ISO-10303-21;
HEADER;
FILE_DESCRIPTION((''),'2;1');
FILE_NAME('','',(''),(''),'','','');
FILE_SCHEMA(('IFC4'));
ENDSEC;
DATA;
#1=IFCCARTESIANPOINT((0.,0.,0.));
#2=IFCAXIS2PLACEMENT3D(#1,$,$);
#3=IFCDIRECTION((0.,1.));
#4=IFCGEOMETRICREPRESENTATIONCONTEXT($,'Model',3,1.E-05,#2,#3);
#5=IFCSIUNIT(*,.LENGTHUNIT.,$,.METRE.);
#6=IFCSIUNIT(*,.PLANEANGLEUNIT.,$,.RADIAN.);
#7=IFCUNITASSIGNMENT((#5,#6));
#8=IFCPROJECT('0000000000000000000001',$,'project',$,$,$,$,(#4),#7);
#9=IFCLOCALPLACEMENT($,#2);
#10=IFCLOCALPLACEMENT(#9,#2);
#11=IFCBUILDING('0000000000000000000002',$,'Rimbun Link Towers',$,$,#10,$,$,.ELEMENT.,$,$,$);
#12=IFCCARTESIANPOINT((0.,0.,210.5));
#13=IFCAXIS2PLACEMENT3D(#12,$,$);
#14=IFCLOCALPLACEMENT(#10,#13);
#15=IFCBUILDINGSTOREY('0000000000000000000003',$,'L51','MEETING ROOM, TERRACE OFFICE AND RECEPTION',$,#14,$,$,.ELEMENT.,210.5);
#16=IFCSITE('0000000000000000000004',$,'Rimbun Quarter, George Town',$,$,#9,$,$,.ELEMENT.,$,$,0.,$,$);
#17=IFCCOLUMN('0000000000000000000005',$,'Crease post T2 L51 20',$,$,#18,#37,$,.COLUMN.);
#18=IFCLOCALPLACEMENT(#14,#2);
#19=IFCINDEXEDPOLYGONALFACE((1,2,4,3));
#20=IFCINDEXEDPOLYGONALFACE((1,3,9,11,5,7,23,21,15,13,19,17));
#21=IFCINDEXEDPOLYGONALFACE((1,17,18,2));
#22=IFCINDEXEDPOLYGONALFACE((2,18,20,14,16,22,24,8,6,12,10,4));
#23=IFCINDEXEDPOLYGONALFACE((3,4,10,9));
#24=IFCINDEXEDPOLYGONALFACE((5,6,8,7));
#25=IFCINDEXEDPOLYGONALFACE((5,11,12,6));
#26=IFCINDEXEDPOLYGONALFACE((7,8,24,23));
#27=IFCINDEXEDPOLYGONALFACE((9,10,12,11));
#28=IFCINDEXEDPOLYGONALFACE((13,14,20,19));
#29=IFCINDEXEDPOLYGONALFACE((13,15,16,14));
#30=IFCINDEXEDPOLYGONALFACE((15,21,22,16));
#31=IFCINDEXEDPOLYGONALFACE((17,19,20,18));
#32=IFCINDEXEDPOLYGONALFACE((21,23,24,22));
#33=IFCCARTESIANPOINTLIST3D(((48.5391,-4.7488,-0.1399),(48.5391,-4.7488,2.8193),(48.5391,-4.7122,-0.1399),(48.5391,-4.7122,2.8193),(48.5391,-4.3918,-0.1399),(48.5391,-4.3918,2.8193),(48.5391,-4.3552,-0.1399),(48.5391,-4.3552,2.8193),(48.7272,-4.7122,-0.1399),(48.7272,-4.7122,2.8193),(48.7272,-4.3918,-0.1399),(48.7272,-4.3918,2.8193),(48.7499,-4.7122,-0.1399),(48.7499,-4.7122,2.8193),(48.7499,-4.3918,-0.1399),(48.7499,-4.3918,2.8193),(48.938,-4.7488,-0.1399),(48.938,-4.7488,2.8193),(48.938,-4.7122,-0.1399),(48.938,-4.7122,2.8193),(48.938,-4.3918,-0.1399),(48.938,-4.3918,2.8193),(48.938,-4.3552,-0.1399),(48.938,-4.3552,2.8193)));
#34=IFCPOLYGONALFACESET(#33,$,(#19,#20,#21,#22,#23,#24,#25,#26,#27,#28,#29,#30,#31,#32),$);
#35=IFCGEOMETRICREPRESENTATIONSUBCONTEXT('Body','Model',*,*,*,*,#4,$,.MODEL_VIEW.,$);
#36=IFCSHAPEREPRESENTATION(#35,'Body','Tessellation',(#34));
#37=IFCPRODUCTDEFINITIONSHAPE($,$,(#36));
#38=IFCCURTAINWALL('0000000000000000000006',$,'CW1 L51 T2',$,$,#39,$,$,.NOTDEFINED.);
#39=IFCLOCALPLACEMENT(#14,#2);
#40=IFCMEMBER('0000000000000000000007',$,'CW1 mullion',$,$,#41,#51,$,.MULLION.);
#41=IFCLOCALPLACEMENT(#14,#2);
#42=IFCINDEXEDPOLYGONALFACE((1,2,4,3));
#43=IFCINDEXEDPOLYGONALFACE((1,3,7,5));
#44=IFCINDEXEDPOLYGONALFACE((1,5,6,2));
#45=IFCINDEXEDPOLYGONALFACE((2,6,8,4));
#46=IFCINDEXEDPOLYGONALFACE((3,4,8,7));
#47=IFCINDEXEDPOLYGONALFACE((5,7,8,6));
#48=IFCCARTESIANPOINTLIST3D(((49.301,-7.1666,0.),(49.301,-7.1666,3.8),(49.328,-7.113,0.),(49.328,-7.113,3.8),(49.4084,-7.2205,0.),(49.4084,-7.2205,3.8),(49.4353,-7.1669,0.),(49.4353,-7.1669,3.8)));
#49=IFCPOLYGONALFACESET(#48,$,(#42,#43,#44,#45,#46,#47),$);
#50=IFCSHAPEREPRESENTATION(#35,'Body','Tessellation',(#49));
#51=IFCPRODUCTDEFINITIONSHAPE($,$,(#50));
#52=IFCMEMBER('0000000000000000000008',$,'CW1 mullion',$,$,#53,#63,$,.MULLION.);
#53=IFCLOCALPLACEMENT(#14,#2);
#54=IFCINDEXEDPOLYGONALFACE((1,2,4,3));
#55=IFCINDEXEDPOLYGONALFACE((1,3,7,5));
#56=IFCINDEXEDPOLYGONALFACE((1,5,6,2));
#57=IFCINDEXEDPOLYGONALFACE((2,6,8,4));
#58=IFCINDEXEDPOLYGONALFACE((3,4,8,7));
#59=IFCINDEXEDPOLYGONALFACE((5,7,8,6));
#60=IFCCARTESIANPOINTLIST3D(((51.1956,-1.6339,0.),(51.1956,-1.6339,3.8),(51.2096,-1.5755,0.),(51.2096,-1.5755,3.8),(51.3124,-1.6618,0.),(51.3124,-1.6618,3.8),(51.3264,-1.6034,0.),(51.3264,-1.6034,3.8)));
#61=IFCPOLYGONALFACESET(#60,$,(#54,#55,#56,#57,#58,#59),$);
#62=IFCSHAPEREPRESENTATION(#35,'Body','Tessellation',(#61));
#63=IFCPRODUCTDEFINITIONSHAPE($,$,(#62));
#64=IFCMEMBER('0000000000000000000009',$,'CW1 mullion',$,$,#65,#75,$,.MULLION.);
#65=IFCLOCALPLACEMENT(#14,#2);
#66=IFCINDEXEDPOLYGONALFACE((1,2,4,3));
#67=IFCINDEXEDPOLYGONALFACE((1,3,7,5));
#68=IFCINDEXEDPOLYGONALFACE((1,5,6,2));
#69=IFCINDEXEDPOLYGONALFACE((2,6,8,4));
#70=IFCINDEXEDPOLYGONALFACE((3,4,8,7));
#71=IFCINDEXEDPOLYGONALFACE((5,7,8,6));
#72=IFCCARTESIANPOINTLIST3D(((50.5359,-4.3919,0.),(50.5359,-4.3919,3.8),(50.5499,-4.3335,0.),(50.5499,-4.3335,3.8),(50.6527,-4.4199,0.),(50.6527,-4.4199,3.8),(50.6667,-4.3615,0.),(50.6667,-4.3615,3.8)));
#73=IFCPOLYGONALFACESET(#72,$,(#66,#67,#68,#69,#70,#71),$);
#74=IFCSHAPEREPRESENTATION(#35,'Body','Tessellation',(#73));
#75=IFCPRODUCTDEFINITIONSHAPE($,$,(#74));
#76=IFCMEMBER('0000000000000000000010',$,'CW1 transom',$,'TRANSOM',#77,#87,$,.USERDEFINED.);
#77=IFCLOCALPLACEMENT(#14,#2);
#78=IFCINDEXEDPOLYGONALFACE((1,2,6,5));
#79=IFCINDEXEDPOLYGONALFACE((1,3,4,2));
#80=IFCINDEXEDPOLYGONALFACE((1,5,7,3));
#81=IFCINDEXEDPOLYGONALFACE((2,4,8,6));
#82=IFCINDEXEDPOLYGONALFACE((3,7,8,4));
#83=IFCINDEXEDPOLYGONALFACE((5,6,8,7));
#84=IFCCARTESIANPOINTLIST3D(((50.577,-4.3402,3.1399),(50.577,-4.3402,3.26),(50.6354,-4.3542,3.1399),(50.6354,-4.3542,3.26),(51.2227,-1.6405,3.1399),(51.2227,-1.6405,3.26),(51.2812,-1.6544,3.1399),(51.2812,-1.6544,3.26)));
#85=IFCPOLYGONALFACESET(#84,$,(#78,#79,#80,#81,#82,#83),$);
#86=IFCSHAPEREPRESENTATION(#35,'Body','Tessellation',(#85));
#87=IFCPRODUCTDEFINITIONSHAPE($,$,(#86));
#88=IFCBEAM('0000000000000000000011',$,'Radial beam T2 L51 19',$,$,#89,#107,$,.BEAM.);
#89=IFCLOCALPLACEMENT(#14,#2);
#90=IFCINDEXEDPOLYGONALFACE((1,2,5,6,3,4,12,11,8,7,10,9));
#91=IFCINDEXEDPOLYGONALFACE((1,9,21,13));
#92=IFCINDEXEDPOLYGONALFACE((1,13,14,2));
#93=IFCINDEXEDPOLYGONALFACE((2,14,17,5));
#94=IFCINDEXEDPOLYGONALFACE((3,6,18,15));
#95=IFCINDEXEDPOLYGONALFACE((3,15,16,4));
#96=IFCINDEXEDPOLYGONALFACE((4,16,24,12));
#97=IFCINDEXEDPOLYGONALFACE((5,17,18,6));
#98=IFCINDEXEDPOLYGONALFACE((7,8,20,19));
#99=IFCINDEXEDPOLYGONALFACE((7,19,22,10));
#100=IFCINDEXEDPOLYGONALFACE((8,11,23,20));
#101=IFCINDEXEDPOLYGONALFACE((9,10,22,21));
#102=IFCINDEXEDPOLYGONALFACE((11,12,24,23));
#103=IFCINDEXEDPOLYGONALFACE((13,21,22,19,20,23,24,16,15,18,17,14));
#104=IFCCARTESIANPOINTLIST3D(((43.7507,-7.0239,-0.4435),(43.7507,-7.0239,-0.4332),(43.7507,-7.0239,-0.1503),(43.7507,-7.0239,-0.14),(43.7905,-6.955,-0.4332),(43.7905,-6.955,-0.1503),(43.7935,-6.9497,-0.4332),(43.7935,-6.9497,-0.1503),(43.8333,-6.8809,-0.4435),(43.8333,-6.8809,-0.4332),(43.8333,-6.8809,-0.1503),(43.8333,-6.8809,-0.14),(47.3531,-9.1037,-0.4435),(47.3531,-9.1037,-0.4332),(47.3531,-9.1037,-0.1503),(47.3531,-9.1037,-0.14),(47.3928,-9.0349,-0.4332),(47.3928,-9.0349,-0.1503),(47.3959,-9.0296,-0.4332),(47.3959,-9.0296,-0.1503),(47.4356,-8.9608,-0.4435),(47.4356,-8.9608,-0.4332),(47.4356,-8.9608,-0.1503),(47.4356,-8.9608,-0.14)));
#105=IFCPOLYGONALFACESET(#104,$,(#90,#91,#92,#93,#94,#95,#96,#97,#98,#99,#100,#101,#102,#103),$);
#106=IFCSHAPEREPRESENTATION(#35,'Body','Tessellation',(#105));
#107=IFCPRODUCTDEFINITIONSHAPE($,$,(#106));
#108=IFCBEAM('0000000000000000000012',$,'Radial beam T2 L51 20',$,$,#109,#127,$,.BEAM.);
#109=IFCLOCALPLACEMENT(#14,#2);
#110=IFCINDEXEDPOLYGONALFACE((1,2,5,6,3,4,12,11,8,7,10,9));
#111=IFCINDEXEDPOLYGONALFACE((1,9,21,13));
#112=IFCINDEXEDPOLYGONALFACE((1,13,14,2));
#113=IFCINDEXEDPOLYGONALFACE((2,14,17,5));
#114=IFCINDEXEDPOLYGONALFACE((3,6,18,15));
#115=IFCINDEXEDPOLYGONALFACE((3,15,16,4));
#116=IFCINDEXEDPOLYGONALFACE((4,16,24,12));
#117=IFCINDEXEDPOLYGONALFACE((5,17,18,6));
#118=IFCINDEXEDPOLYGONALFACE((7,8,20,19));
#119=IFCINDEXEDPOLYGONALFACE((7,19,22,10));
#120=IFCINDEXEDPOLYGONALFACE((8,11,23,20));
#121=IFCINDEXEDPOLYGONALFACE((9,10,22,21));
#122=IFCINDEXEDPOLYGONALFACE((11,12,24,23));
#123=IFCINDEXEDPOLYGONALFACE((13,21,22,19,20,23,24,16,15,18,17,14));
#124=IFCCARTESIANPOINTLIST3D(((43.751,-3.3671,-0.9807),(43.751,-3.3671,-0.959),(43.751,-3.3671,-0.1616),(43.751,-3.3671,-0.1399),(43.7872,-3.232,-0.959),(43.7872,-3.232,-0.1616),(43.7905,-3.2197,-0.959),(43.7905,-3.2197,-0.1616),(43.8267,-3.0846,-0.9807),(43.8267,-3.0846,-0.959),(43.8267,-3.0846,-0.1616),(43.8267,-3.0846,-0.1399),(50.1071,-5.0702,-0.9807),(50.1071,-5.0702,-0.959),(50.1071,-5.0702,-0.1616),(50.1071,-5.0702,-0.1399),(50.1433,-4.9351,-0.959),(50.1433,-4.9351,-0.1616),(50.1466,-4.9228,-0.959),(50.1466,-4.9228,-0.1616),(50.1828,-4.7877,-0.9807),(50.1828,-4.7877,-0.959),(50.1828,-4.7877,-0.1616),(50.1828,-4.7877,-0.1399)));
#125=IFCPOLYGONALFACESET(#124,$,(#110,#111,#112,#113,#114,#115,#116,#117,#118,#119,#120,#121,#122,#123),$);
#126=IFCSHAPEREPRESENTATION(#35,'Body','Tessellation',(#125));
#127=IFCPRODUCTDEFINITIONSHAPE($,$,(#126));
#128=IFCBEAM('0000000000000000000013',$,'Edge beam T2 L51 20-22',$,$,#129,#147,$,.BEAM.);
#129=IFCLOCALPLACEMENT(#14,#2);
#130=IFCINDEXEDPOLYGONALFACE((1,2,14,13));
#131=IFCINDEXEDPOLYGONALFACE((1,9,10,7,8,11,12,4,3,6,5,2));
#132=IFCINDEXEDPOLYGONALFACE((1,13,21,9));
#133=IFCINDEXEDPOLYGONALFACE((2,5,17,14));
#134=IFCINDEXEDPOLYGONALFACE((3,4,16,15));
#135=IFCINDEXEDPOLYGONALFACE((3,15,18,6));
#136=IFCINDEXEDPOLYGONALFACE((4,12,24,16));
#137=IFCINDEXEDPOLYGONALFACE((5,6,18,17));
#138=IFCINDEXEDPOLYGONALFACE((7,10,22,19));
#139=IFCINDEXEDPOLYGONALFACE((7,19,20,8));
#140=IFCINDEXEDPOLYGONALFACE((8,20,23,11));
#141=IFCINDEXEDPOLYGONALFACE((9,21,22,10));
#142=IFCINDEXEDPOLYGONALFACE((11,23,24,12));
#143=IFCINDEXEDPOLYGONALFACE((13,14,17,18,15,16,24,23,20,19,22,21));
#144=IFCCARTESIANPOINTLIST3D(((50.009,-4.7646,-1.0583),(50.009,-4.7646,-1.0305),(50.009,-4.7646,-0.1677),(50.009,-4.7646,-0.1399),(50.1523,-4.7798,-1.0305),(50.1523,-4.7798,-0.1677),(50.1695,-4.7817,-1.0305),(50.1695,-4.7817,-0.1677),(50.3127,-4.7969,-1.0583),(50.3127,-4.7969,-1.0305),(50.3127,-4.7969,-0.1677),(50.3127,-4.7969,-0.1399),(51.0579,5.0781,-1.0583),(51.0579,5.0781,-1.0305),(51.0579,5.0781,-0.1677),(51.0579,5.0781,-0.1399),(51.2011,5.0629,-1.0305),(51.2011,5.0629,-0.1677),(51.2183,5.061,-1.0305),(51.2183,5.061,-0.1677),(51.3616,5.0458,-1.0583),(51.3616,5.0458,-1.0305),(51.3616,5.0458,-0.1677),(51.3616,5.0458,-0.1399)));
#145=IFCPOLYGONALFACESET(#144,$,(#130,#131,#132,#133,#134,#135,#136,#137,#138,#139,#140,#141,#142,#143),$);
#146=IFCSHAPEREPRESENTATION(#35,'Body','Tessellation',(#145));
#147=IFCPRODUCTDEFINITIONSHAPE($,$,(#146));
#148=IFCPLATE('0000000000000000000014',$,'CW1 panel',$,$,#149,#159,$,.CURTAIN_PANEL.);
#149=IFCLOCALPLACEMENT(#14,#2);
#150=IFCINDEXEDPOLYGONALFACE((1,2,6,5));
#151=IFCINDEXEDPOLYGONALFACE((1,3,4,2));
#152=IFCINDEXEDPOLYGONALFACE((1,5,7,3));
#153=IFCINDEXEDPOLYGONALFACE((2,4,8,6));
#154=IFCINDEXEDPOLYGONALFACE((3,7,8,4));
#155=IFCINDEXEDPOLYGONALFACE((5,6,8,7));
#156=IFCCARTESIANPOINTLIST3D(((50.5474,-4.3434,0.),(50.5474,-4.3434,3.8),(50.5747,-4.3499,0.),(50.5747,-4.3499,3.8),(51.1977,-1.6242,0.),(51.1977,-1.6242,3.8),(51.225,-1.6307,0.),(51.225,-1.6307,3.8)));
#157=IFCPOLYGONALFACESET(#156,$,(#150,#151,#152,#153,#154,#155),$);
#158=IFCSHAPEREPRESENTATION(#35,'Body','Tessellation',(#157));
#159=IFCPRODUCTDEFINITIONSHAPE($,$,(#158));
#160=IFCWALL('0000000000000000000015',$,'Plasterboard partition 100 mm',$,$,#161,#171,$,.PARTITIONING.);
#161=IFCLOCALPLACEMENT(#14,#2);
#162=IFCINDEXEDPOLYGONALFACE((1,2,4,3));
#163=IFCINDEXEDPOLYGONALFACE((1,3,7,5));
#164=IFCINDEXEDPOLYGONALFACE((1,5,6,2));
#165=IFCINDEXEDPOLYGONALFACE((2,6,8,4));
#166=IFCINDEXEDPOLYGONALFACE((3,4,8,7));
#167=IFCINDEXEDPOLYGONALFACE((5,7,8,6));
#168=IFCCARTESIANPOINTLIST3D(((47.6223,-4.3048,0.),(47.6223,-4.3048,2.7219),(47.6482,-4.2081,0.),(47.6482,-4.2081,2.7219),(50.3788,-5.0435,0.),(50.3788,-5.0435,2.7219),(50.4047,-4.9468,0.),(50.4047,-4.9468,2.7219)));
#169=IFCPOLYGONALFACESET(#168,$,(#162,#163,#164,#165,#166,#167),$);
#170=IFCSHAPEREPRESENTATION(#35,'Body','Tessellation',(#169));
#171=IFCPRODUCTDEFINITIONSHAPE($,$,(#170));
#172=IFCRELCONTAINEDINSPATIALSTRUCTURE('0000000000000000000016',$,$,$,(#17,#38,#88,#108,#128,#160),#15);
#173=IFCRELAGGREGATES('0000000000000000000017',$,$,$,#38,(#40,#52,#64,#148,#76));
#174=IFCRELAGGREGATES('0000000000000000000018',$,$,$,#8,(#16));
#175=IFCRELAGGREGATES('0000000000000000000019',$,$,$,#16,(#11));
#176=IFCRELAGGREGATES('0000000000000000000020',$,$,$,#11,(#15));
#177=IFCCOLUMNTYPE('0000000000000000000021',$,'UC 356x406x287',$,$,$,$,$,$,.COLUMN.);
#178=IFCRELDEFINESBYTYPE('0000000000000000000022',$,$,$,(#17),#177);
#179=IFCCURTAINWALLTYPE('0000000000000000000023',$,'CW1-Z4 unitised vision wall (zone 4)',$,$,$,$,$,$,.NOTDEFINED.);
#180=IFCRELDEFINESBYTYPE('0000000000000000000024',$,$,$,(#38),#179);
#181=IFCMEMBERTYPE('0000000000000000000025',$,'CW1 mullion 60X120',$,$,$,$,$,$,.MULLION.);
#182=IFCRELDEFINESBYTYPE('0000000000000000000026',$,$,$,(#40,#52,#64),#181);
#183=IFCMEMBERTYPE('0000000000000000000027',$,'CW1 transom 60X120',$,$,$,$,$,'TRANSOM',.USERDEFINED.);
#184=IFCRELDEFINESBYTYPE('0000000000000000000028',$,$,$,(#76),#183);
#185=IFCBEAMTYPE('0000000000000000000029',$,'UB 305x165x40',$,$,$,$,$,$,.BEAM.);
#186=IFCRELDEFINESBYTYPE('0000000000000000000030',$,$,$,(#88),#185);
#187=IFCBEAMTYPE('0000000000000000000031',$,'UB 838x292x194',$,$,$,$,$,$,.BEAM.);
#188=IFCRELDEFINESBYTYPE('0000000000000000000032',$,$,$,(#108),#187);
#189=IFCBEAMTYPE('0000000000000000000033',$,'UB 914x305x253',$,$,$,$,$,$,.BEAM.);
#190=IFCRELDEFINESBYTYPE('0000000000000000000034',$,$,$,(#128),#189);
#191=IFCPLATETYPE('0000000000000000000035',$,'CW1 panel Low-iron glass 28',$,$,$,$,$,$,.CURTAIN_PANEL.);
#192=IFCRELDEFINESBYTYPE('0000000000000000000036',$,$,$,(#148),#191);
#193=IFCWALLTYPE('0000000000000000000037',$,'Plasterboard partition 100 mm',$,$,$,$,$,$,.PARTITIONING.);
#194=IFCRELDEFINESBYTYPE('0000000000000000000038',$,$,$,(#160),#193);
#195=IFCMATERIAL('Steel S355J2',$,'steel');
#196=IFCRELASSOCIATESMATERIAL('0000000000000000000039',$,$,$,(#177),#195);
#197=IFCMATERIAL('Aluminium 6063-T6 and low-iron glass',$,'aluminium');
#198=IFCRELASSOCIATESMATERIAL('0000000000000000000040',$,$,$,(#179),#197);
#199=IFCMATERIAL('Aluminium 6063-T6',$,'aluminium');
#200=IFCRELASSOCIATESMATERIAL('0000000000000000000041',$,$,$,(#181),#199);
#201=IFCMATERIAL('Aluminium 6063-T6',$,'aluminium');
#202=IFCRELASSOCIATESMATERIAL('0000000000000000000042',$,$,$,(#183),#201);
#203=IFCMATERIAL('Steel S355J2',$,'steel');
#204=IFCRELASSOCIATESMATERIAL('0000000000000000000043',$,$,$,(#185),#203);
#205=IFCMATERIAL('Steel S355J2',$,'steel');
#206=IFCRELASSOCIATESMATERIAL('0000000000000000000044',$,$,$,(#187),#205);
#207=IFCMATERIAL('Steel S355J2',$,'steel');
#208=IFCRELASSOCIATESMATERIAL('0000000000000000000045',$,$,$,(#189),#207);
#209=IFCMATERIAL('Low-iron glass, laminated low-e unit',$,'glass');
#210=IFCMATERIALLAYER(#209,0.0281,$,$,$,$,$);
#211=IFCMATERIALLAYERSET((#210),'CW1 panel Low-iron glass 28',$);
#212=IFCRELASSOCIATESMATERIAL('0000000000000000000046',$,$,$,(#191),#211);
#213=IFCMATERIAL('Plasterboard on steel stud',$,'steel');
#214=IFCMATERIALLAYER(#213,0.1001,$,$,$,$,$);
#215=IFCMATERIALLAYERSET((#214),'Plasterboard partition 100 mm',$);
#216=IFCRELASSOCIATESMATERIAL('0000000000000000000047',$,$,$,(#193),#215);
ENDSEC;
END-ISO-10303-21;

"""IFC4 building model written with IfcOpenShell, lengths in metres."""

from ifc_helpers import new_model, si_unit, direction, frame, frame_2d, origin, origin_2d, place, context, subcontext, project, spatial, rectangle, i_section, extrude, material, layer, layer_set, material_profile, profile_set, type_object, element, aggregate, save


model = new_model("IFC4")

# Units and contexts
model_context = context("Model", 3, precision=1e-05, world=origin(), true_north=direction((0.0, 1.0)))
body_context = subcontext(model_context, "Body", "Model", "MODEL_VIEW")
ifc_project = project(units=[si_unit("LENGTHUNIT", "METRE"), si_unit("PLANEANGLEUNIT", "RADIAN")], contexts=[model_context])

# Site, building, storey
site_placement = place(None, origin())
site = spatial("IfcSite", under=ifc_project, at=site_placement, Name="Rimbun Quarter, George Town", CompositionType="ELEMENT", RefElevation=0.0)
building_placement = place(site_placement, origin())
building = spatial("IfcBuilding", under=site, at=building_placement, Name="Rimbun Link Towers", CompositionType="ELEMENT")
storey_placement = place(building_placement, frame((0.0, 0.0, 210.5)))
storey = spatial("IfcBuildingStorey", under=building, at=storey_placement, Name="L51", Description="MEETING ROOM, TERRACE OFFICE AND RECEPTION", CompositionType="ELEMENT", Elevation=210.5)

# Column
ifc_material_1 = material(Name="Steel S355J2", Category="steel")
ifc_material_profile_1 = material_profile(ifc_material_1, i_section(OverallWidth=0.3989, OverallDepth=0.3936, WebThickness=0.0227, FlangeThickness=0.0366, at=origin_2d()), Name="UC 356x406x287")
ifc_profile_set_1 = profile_set([ifc_material_profile_1], Name="Steel S355J2")
column_type = type_object("IfcColumnType", Name="UC 356x406x287", PredefinedType="COLUMN", material=ifc_profile_set_1)
column_placement = place(storey_placement, frame((48.7385, -4.552, -0.1399), z_axis=(0.0, 0.0, 1.0), x_axis=(1.0, 0.0, 0.0)))
element("IfcColumn", 1, at=column_placement, inside=storey, type_object=column_type, Name="Crease post T2 L51 20", PredefinedType="COLUMN", context=body_context, shape_type="SweptSolid", body=[
    extrude(i_section(OverallWidth=0.3989, OverallDepth=0.3936, WebThickness=0.0227, FlangeThickness=0.0366, at=origin_2d()), origin(), (0.0, 0.0, 1.0), 2.9592),
])

# Curtain wall, members
ifc_material_2 = material(Name="Aluminium 6063-T6 and low-iron glass", Category="aluminium")
curtain_wall_type = type_object("IfcCurtainWallType", Name="CW1-Z4 unitised vision wall (zone 4)", PredefinedType="NOTDEFINED", material=ifc_material_2)
curtain_wall_placement = place(storey_placement, origin())
curtain_wall = element("IfcCurtainWall", 2, at=curtain_wall_placement, inside=storey, type_object=curtain_wall_type, Name="CW1 L51 T2", PredefinedType="NOTDEFINED")
ifc_material_3 = material(Name="Aluminium 6063-T6", Category="aluminium")
ifc_material_profile_2 = material_profile(ifc_material_3, rectangle(XDim=0.1201, YDim=0.0601, at=origin_2d()), Name="MULLION 60X120")
ifc_profile_set_2 = profile_set([ifc_material_profile_2], Name="Aluminium 6063-T6")
member_type_1 = type_object("IfcMemberType", Name="CW1 mullion 60X120", PredefinedType="MULLION", material=ifc_profile_set_2)
member_1_placement = place(storey_placement, frame((49.3682, -7.1667, 0.0), z_axis=(0.0, 0.0, 1.0), x_axis=(0.89365, -0.448764, 0.0)))
member_1 = element("IfcMember", 3, at=member_1_placement, type_object=member_type_1, Name="CW1 mullion", PredefinedType="MULLION", context=body_context, shape_type="SweptSolid", body=[
    extrude(rectangle(XDim=0.1201, YDim=0.0601, at=origin_2d()), origin(), (0.0, 0.0, 1.0), 3.8),
])
member_2_placement = place(storey_placement, frame((51.261, -1.6187, 0.0), z_axis=(0.0, 0.0, 1.0), x_axis=(0.972573, -0.2326, 0.0)))
member_2 = element("IfcMember", 4, at=member_2_placement, type_object=member_type_1, Name="CW1 mullion", PredefinedType="MULLION", context=body_context, shape_type="SweptSolid", body=[
    extrude(rectangle(XDim=0.1201, YDim=0.0601, at=origin_2d()), origin(), (0.0, 0.0, 1.0), 3.8),
])
member_3_placement = place(storey_placement, frame((50.6013, -4.3767, 0.0), z_axis=(0.0, 0.0, 1.0), x_axis=(0.972573, -0.2326, 0.0)))
member_3 = element("IfcMember", 5, at=member_3_placement, type_object=member_type_1, Name="CW1 mullion", PredefinedType="MULLION", context=body_context, shape_type="SweptSolid", body=[
    extrude(rectangle(XDim=0.1201, YDim=0.0601, at=origin_2d()), origin(), (0.0, 0.0, 1.0), 3.8),
])
ifc_material_4 = material(Name="Aluminium 6063-T6", Category="aluminium")
ifc_material_profile_3 = material_profile(ifc_material_4, rectangle(XDim=0.0601, YDim=0.1201, at=origin_2d()), Name="TRANSOM 60X120")
ifc_profile_set_3 = profile_set([ifc_material_profile_3], Name="Aluminium 6063-T6")
member_type_2 = type_object("IfcMemberType", Name="CW1 transom 60X120", ElementType="TRANSOM", PredefinedType="USERDEFINED", material=ifc_profile_set_3)
member_4_placement = place(storey_placement, frame((51.252, -1.6475, 3.2), z_axis=(-0.232631, -0.972565, 0.0), x_axis=(0.972565, -0.232631, 0.0)))
member_4 = element("IfcMember", 6, at=member_4_placement, type_object=member_type_2, Name="CW1 transom", ObjectType="TRANSOM", PredefinedType="USERDEFINED", context=body_context, shape_type="SweptSolid", body=[
    extrude(rectangle(XDim=0.0601, YDim=0.1201, at=origin_2d()), origin(), (0.0, 0.0, 1.0), 2.7759),
])

# Beams
ifc_material_5 = material(Name="Steel S355J2", Category="steel")
ifc_material_profile_4 = material_profile(ifc_material_5, i_section(OverallWidth=0.165, OverallDepth=0.3035, WebThickness=0.0061, FlangeThickness=0.0103, at=origin_2d()), Name="UB 305x165x40")
ifc_profile_set_4 = profile_set([ifc_material_profile_4], Name="Steel S355J2")
beam_type_1 = type_object("IfcBeamType", Name="UB 305x165x40", PredefinedType="BEAM", material=ifc_profile_set_4)
beam_1_placement = place(storey_placement, frame((43.792, -6.9524, -0.2917), z_axis=(0.86602, -0.500009, 0.0), x_axis=(0.500009, 0.86602, 0.0)))
element("IfcBeam", 7, at=beam_1_placement, inside=storey, type_object=beam_type_1, Name="Radial beam T2 L51 19", PredefinedType="BEAM", context=body_context, shape_type="SweptSolid", body=[
    extrude(i_section(OverallWidth=0.165, OverallDepth=0.3035, WebThickness=0.0061, FlangeThickness=0.0103, at=origin_2d()), origin(), (0.0, 0.0, 1.0), 4.1597),
])
ifc_material_6 = material(Name="Steel S355J2", Category="steel")
ifc_material_profile_5 = material_profile(ifc_material_6, i_section(OverallWidth=0.2925, OverallDepth=0.8408, WebThickness=0.0127, FlangeThickness=0.0217, at=origin_2d()), Name="UB 838x292x194")
ifc_profile_set_5 = profile_set([ifc_material_profile_5], Name="Steel S355J2")
beam_type_2 = type_object("IfcBeamType", Name="UB 838x292x194", PredefinedType="BEAM", material=ifc_profile_set_5)
beam_2_placement = place(storey_placement, frame((43.7888, -3.2258, -0.5603), z_axis=(0.965926, -0.258817, 0.0), x_axis=(0.258817, 0.965926, 0.0)))
element("IfcBeam", 8, at=beam_2_placement, inside=storey, type_object=beam_type_2, Name="Radial beam T2 L51 20", PredefinedType="BEAM", context=body_context, shape_type="SweptSolid", body=[
    extrude(i_section(OverallWidth=0.2925, OverallDepth=0.8408, WebThickness=0.0127, FlangeThickness=0.0217, at=origin_2d()), origin(), (0.0, 0.0, 1.0), 6.5803),
])
ifc_material_7 = material(Name="Steel S355J2", Category="steel")
ifc_material_profile_6 = material_profile(ifc_material_7, i_section(OverallWidth=0.3054, OverallDepth=0.9185, WebThickness=0.0173, FlangeThickness=0.0278, at=origin_2d()), Name="UB 914x305x253")
ifc_profile_set_6 = profile_set([ifc_material_profile_6], Name="Steel S355J2")
beam_type_3 = type_object("IfcBeamType", Name="UB 914x305x253", PredefinedType="BEAM", material=ifc_profile_set_6)
beam_3_placement = place(storey_placement, frame((50.1609, -4.7808, -0.5991), z_axis=(0.105958, 0.994371, 0.0), x_axis=(-0.994371, 0.105958, 0.0)))
element("IfcBeam", 9, at=beam_3_placement, inside=storey, type_object=beam_type_3, Name="Edge beam T2 L51 20-22", PredefinedType="BEAM", context=body_context, shape_type="SweptSolid", body=[
    extrude(i_section(OverallWidth=0.3054, OverallDepth=0.9185, WebThickness=0.0173, FlangeThickness=0.0278, at=origin_2d()), origin(), (0.0, 0.0, 1.0), 9.8984),
])

# Plate
ifc_material_8 = material(Name="Low-iron glass, laminated low-e unit", Category="glass")
ifc_layer_1 = layer(ifc_material_8, 0.0281)
ifc_layer_set_1 = layer_set([ifc_layer_1], Name="CW1 panel Low-iron glass 28")
plate_type = type_object("IfcPlateType", Name="CW1 panel Low-iron glass 28", PredefinedType="CURTAIN_PANEL", material=ifc_layer_set_1)
plate_placement = place(storey_placement, frame((50.8862, -2.9871, 0.0), z_axis=(0.0, 0.0, 1.0), x_axis=(-0.2326, -0.972573, 0.0)))
plate = element("IfcPlate", 10, at=plate_placement, type_object=plate_type, Name="CW1 panel", PredefinedType="CURTAIN_PANEL", context=body_context, shape_type="SweptSolid", body=[
    extrude(rectangle(XDim=2.7959, YDim=0.0281, at=origin_2d()), origin(), (0.0, 0.0, 1.0), 3.8),
])
aggregate(curtain_wall, [member_1, member_2, member_3, plate, member_4])

# Wall
ifc_material_9 = material(Name="Plasterboard on steel stud", Category="steel")
ifc_layer_2 = layer(ifc_material_9, 0.1001)
ifc_layer_set_2 = layer_set([ifc_layer_2], Name="Plasterboard partition 100 mm")
wall_type_1 = type_object("IfcWallType", Name="Plasterboard partition 100 mm", PredefinedType="PARTITIONING", material=ifc_layer_set_2)
wall_1_placement = place(storey_placement, frame((50.3916, -4.9951, 0.0), z_axis=(0.0, 0.0, 1.0), x_axis=(-0.965913, 0.258866, 0.0)))
element("IfcWall", 11, at=wall_1_placement, inside=storey, type_object=wall_type_1, Name="Plasterboard partition 100 mm", PredefinedType="PARTITIONING", context=body_context, shape_type="SweptSolid", body=[
    extrude(rectangle(XDim=2.8538, YDim=0.1001, at=frame_2d((1.4268, 0.0))), origin(), (0.0, 0.0, 1.0), 2.7219),
])

save(model, "model.ifc")
